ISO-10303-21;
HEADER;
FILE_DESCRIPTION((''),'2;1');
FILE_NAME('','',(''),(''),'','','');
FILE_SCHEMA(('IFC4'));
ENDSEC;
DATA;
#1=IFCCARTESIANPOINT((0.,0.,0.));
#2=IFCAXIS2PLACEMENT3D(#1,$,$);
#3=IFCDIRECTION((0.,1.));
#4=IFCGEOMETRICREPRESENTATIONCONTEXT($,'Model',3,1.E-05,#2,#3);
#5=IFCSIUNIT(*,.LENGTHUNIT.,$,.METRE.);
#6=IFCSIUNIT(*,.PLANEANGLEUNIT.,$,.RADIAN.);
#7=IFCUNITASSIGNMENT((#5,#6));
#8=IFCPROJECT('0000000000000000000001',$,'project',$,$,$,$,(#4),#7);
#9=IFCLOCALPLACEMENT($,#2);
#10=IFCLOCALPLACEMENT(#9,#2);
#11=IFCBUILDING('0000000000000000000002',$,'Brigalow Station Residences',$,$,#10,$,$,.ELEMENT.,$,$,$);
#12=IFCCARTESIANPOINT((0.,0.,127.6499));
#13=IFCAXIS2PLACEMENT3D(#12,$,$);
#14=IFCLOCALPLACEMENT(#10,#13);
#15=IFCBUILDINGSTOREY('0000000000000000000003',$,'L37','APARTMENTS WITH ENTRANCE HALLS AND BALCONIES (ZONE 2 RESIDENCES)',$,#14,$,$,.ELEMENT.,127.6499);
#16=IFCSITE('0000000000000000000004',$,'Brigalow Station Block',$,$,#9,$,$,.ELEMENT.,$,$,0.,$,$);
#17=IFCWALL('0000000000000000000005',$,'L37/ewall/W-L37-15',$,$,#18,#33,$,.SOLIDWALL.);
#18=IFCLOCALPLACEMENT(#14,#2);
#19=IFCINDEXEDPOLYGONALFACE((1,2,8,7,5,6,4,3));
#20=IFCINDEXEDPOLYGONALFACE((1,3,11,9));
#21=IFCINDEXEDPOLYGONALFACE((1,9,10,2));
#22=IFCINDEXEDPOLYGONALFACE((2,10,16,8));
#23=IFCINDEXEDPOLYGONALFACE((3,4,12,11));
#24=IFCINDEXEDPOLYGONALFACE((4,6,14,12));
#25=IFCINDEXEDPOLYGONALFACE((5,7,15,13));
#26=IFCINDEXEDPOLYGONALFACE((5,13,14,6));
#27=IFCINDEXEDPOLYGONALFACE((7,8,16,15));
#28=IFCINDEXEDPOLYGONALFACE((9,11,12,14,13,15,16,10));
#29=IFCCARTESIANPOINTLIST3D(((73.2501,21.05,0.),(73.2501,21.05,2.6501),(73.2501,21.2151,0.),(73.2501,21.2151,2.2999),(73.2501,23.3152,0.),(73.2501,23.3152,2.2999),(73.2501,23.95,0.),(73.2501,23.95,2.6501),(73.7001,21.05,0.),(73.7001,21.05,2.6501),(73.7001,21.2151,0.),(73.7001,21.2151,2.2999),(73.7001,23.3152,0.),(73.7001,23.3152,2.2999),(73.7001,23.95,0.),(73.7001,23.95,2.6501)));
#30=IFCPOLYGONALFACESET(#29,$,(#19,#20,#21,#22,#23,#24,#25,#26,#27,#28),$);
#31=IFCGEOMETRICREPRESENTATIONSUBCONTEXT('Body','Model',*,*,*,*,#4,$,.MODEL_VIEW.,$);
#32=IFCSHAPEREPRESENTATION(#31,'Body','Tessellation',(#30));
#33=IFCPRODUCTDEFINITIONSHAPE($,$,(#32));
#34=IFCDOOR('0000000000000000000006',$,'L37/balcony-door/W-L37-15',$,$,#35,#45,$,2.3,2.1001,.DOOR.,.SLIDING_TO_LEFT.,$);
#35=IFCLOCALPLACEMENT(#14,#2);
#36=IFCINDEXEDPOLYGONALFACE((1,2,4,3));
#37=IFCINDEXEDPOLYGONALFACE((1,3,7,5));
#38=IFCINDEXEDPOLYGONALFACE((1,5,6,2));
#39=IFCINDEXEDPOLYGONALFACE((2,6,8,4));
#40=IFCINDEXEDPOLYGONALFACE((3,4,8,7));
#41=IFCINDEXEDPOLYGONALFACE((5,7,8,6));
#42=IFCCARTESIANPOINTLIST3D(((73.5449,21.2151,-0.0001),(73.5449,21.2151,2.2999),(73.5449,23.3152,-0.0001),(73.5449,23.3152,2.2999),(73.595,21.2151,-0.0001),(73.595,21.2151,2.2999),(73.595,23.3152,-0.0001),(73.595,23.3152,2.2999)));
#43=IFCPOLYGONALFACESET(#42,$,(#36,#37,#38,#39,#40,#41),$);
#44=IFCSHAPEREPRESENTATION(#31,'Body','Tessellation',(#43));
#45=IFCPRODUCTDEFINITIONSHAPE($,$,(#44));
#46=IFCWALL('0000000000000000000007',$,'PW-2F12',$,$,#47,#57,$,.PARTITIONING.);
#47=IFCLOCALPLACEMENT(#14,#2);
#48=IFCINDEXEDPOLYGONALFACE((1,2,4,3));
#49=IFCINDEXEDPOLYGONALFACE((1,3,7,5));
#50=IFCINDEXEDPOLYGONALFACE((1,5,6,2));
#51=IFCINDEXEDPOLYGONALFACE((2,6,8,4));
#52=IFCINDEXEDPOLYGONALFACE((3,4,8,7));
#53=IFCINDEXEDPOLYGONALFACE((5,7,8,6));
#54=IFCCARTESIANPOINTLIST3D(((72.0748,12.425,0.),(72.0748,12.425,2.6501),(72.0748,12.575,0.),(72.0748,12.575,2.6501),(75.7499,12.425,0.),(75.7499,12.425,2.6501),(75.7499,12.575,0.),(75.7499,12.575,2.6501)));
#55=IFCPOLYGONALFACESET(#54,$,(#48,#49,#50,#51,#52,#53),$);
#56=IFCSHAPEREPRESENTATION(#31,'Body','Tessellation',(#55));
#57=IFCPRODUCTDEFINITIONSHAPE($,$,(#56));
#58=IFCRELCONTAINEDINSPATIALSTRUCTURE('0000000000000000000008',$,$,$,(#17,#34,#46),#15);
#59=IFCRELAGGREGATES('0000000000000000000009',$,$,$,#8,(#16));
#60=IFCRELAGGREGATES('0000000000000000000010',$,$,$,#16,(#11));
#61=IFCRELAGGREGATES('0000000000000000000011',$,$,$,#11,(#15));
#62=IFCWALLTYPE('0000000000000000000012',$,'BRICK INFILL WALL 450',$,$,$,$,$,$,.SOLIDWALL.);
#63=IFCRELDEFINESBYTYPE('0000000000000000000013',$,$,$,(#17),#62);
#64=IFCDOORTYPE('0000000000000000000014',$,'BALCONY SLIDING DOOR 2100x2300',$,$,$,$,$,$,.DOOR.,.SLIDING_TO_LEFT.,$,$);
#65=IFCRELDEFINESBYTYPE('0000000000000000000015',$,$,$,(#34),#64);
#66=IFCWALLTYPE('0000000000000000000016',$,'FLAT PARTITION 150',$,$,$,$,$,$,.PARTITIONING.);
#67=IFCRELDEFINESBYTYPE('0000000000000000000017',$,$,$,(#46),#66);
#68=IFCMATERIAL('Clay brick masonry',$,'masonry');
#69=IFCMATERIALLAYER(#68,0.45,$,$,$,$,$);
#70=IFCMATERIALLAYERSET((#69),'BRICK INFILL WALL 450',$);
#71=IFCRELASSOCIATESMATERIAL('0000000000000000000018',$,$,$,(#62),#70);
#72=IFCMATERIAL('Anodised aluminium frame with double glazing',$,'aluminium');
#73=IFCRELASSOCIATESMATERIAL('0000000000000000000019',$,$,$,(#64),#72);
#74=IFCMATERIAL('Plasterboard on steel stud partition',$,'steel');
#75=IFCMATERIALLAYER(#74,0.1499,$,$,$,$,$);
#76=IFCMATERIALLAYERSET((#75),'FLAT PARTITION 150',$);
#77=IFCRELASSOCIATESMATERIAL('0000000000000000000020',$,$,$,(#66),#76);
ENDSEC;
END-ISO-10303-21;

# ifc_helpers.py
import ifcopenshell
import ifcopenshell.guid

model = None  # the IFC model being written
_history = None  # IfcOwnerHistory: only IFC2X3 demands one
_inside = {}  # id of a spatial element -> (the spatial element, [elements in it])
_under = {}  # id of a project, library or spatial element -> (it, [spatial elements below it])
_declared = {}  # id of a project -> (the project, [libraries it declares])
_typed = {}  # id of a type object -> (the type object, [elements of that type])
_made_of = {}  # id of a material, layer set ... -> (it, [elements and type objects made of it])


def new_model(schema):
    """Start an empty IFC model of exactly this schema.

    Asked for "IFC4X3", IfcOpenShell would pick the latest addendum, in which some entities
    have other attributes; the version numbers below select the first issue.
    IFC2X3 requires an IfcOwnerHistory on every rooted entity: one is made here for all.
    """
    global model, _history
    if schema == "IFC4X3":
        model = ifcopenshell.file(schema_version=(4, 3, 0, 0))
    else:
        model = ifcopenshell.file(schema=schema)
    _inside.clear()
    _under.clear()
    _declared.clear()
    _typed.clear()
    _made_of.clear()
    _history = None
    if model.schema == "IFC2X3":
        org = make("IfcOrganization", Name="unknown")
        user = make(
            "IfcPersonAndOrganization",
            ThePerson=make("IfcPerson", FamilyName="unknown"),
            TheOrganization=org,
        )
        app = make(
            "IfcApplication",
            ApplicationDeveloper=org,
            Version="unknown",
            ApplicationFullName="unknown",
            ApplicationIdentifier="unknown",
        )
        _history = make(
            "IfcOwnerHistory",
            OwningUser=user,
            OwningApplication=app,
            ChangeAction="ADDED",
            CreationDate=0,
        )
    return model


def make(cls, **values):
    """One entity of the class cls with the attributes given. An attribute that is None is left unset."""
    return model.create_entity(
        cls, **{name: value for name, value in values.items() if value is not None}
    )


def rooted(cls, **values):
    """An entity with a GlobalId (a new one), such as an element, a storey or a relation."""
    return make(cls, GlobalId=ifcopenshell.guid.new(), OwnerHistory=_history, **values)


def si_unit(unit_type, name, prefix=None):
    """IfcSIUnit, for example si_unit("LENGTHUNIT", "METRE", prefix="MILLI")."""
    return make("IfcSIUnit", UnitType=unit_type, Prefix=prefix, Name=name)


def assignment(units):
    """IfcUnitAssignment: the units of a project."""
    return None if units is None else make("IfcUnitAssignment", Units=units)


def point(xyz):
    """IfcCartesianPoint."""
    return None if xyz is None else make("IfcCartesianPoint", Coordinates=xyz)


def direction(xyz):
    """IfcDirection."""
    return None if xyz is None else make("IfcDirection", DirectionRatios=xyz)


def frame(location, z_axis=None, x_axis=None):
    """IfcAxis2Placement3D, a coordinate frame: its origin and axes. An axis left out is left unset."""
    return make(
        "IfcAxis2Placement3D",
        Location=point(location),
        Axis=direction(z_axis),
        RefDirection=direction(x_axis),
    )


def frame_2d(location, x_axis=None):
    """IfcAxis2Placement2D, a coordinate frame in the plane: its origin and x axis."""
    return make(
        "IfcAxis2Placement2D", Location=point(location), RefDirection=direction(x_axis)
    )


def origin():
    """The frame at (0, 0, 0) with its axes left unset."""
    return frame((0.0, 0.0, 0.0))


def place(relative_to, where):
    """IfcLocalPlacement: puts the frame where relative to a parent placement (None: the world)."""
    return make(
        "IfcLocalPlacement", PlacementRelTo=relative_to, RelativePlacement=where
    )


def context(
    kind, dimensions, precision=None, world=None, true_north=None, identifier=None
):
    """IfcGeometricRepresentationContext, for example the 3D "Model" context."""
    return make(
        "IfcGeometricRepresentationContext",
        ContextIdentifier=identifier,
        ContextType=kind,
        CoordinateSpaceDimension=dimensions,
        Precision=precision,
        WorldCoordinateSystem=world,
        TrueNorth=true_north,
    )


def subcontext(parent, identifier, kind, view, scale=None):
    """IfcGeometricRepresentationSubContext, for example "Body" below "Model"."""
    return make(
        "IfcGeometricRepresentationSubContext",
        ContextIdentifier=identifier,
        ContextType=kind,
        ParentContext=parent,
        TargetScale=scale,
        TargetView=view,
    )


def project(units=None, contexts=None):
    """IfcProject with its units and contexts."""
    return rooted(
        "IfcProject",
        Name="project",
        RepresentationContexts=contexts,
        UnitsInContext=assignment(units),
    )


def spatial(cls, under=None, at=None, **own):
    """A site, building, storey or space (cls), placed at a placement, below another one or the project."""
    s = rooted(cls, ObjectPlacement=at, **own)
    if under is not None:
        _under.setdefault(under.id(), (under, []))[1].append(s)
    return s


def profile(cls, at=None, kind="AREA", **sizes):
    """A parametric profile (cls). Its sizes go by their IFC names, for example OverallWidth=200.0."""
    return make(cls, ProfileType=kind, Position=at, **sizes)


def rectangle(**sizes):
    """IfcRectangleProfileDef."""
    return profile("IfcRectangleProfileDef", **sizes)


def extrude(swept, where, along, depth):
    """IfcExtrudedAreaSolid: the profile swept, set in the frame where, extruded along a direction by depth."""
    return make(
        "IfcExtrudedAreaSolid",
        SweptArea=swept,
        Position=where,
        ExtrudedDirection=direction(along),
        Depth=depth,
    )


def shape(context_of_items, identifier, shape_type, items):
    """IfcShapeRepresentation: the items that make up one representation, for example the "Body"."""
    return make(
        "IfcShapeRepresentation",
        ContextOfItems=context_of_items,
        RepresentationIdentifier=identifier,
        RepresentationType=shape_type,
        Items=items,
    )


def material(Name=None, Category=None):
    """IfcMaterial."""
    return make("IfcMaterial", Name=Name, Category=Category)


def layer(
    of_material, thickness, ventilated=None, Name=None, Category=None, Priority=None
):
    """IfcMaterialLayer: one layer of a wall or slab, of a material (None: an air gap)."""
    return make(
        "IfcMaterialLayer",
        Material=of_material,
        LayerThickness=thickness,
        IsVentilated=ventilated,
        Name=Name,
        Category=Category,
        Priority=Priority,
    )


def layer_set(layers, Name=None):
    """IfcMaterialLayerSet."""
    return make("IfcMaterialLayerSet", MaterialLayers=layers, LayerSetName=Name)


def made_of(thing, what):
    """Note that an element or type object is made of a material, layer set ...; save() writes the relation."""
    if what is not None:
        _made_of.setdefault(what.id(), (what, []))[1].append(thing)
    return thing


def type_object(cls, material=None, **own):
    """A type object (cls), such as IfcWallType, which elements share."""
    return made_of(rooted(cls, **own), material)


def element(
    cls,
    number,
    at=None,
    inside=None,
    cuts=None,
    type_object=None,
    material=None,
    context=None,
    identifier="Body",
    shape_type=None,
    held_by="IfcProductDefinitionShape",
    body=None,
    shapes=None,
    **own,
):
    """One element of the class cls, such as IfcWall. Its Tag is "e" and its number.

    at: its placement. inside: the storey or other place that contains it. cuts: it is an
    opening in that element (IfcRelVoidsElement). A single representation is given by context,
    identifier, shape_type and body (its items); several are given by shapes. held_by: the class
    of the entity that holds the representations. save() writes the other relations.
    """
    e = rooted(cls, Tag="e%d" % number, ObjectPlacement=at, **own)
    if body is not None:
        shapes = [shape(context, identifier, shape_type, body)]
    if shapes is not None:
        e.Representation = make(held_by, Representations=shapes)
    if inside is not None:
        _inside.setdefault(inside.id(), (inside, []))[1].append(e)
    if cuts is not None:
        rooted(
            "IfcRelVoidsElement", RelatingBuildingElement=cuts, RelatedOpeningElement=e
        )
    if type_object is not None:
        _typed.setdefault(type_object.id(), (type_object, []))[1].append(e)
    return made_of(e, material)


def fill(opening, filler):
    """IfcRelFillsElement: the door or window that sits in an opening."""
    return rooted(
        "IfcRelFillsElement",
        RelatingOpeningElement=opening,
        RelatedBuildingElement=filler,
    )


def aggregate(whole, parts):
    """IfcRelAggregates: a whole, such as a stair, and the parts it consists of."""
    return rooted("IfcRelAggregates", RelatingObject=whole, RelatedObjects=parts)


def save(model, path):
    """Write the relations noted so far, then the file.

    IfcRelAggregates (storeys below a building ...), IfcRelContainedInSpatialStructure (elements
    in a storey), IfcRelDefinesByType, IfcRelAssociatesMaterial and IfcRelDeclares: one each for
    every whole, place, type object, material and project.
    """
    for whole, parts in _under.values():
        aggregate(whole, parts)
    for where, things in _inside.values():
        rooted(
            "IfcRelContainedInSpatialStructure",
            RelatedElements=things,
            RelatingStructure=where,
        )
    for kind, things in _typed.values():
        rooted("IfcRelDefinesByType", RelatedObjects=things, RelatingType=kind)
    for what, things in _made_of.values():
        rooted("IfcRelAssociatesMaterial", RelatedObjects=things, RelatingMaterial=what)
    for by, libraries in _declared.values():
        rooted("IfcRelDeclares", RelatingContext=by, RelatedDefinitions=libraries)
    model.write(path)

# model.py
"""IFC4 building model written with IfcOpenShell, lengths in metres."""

from ifc_helpers import new_model, si_unit, direction, frame, frame_2d, origin, place, context, subcontext, project, spatial, rectangle, extrude, material, layer, layer_set, type_object, element, fill, save


model = new_model("IFC4")

# Units and contexts
model_context = context("Model", 3, precision=1e-05, world=origin(), true_north=direction((0.0, 1.0)))
body_context = subcontext(model_context, "Body", "Model", "MODEL_VIEW")
ifc_project = project(units=[si_unit("LENGTHUNIT", "METRE"), si_unit("PLANEANGLEUNIT", "RADIAN")], contexts=[model_context])

# Site, building, storey
site_placement = place(None, origin())
site = spatial("IfcSite", under=ifc_project, at=site_placement, Name="Brigalow Station Block", CompositionType="ELEMENT", RefElevation=0.0)
building_placement = place(site_placement, origin())
building = spatial("IfcBuilding", under=site, at=building_placement, Name="Brigalow Station Residences", CompositionType="ELEMENT")
storey_placement = place(building_placement, frame((0.0, 0.0, 127.6499)))
storey = spatial("IfcBuildingStorey", under=building, at=storey_placement, Name="L37", Description="APARTMENTS WITH ENTRANCE HALLS AND BALCONIES (ZONE 2 RESIDENCES)", CompositionType="ELEMENT", Elevation=127.6499)

# Shared definitions
ifc_material_1 = material(Name="Clay brick masonry", Category="masonry")
ifc_layer_1 = layer(ifc_material_1, 0.45)
ifc_layer_set_1 = layer_set([ifc_layer_1], Name="BRICK INFILL WALL 450")
wall_type_1 = type_object("IfcWallType", Name="BRICK INFILL WALL 450", PredefinedType="SOLIDWALL", material=ifc_layer_set_1)

# Wall, opening, door
wall_1_placement = place(storey_placement, frame((73.4751, 21.05, 0.0), z_axis=(0.0, 0.0, 1.0), x_axis=(0.0, 1.0, 0.0)))
wall_1 = element("IfcWall", 1, at=wall_1_placement, inside=storey, type_object=wall_type_1, Name="L37/ewall/W-L37-15", PredefinedType="SOLIDWALL", context=body_context, shape_type="SweptSolid", body=[
    extrude(rectangle(XDim=2.8999, YDim=0.45, at=frame_2d((1.45, 0.0))), origin(), (0.0, 0.0, 1.0), 2.6501),
])
opening_1_placement = place(wall_1_placement, frame((0.165, 0.0, 0.0)))
opening_1 = element("IfcOpeningElement", 2, at=opening_1_placement, cuts=wall_1, PredefinedType="OPENING", context=body_context, shape_type="SweptSolid", body=[
    extrude(rectangle(XDim=2.1001, YDim=2.3, at=frame_2d((1.05, 1.1499))), frame((0.0, 0.2349, 0.0), z_axis=(0.0, -1.0, 0.0), x_axis=(1.0, 0.0, 0.0)), (0.0, 0.0, 1.0), 0.47),
])
ifc_material_2 = material(Name="Anodised aluminium frame with double glazing", Category="aluminium")
door_type_1 = type_object("IfcDoorType", Name="BALCONY SLIDING DOOR 2100x2300", OperationType="SLIDING_TO_LEFT", PredefinedType="DOOR", material=ifc_material_2)
door_1_placement = place(opening_1_placement, origin())
door_1 = element("IfcDoor", 3, at=door_1_placement, inside=storey, type_object=door_type_1, Name="L37/balcony-door/W-L37-15", OperationType="SLIDING_TO_LEFT", OverallHeight=2.3, OverallWidth=2.1001, PredefinedType="DOOR", context=body_context, shape_type="SweptSolid", body=[
    extrude(rectangle(XDim=2.1001, YDim=2.3, at=frame_2d((1.05, 1.1499))), frame((0.0, -0.0698, 0.0), z_axis=(0.0, -1.0, 0.0), x_axis=(1.0, 0.0, 0.0)), (0.0, 0.0, 1.0), 0.05),
])
fill(opening_1, door_1)

# Wall
ifc_material_3 = material(Name="Plasterboard on steel stud partition", Category="steel")
ifc_layer_2 = layer(ifc_material_3, 0.1499)
ifc_layer_set_2 = layer_set([ifc_layer_2], Name="FLAT PARTITION 150")
wall_type_2 = type_object("IfcWallType", Name="FLAT PARTITION 150", PredefinedType="PARTITIONING", material=ifc_layer_set_2)
wall_2_placement = place(storey_placement, frame((72.075, 12.5, 0.0), z_axis=(0.0, 0.0, 1.0), x_axis=(1.0, 0.0, 0.0)))
element("IfcWall", 4, at=wall_2_placement, inside=storey, type_object=wall_type_2, Name="PW-2F12", PredefinedType="PARTITIONING", context=body_context, shape_type="SweptSolid", body=[
    extrude(rectangle(XDim=3.675, YDim=0.1499, at=frame_2d((1.8374, 0.0))), origin(), (0.0, 0.0, 1.0), 2.6501),
])

save(model, "model.ifc")
